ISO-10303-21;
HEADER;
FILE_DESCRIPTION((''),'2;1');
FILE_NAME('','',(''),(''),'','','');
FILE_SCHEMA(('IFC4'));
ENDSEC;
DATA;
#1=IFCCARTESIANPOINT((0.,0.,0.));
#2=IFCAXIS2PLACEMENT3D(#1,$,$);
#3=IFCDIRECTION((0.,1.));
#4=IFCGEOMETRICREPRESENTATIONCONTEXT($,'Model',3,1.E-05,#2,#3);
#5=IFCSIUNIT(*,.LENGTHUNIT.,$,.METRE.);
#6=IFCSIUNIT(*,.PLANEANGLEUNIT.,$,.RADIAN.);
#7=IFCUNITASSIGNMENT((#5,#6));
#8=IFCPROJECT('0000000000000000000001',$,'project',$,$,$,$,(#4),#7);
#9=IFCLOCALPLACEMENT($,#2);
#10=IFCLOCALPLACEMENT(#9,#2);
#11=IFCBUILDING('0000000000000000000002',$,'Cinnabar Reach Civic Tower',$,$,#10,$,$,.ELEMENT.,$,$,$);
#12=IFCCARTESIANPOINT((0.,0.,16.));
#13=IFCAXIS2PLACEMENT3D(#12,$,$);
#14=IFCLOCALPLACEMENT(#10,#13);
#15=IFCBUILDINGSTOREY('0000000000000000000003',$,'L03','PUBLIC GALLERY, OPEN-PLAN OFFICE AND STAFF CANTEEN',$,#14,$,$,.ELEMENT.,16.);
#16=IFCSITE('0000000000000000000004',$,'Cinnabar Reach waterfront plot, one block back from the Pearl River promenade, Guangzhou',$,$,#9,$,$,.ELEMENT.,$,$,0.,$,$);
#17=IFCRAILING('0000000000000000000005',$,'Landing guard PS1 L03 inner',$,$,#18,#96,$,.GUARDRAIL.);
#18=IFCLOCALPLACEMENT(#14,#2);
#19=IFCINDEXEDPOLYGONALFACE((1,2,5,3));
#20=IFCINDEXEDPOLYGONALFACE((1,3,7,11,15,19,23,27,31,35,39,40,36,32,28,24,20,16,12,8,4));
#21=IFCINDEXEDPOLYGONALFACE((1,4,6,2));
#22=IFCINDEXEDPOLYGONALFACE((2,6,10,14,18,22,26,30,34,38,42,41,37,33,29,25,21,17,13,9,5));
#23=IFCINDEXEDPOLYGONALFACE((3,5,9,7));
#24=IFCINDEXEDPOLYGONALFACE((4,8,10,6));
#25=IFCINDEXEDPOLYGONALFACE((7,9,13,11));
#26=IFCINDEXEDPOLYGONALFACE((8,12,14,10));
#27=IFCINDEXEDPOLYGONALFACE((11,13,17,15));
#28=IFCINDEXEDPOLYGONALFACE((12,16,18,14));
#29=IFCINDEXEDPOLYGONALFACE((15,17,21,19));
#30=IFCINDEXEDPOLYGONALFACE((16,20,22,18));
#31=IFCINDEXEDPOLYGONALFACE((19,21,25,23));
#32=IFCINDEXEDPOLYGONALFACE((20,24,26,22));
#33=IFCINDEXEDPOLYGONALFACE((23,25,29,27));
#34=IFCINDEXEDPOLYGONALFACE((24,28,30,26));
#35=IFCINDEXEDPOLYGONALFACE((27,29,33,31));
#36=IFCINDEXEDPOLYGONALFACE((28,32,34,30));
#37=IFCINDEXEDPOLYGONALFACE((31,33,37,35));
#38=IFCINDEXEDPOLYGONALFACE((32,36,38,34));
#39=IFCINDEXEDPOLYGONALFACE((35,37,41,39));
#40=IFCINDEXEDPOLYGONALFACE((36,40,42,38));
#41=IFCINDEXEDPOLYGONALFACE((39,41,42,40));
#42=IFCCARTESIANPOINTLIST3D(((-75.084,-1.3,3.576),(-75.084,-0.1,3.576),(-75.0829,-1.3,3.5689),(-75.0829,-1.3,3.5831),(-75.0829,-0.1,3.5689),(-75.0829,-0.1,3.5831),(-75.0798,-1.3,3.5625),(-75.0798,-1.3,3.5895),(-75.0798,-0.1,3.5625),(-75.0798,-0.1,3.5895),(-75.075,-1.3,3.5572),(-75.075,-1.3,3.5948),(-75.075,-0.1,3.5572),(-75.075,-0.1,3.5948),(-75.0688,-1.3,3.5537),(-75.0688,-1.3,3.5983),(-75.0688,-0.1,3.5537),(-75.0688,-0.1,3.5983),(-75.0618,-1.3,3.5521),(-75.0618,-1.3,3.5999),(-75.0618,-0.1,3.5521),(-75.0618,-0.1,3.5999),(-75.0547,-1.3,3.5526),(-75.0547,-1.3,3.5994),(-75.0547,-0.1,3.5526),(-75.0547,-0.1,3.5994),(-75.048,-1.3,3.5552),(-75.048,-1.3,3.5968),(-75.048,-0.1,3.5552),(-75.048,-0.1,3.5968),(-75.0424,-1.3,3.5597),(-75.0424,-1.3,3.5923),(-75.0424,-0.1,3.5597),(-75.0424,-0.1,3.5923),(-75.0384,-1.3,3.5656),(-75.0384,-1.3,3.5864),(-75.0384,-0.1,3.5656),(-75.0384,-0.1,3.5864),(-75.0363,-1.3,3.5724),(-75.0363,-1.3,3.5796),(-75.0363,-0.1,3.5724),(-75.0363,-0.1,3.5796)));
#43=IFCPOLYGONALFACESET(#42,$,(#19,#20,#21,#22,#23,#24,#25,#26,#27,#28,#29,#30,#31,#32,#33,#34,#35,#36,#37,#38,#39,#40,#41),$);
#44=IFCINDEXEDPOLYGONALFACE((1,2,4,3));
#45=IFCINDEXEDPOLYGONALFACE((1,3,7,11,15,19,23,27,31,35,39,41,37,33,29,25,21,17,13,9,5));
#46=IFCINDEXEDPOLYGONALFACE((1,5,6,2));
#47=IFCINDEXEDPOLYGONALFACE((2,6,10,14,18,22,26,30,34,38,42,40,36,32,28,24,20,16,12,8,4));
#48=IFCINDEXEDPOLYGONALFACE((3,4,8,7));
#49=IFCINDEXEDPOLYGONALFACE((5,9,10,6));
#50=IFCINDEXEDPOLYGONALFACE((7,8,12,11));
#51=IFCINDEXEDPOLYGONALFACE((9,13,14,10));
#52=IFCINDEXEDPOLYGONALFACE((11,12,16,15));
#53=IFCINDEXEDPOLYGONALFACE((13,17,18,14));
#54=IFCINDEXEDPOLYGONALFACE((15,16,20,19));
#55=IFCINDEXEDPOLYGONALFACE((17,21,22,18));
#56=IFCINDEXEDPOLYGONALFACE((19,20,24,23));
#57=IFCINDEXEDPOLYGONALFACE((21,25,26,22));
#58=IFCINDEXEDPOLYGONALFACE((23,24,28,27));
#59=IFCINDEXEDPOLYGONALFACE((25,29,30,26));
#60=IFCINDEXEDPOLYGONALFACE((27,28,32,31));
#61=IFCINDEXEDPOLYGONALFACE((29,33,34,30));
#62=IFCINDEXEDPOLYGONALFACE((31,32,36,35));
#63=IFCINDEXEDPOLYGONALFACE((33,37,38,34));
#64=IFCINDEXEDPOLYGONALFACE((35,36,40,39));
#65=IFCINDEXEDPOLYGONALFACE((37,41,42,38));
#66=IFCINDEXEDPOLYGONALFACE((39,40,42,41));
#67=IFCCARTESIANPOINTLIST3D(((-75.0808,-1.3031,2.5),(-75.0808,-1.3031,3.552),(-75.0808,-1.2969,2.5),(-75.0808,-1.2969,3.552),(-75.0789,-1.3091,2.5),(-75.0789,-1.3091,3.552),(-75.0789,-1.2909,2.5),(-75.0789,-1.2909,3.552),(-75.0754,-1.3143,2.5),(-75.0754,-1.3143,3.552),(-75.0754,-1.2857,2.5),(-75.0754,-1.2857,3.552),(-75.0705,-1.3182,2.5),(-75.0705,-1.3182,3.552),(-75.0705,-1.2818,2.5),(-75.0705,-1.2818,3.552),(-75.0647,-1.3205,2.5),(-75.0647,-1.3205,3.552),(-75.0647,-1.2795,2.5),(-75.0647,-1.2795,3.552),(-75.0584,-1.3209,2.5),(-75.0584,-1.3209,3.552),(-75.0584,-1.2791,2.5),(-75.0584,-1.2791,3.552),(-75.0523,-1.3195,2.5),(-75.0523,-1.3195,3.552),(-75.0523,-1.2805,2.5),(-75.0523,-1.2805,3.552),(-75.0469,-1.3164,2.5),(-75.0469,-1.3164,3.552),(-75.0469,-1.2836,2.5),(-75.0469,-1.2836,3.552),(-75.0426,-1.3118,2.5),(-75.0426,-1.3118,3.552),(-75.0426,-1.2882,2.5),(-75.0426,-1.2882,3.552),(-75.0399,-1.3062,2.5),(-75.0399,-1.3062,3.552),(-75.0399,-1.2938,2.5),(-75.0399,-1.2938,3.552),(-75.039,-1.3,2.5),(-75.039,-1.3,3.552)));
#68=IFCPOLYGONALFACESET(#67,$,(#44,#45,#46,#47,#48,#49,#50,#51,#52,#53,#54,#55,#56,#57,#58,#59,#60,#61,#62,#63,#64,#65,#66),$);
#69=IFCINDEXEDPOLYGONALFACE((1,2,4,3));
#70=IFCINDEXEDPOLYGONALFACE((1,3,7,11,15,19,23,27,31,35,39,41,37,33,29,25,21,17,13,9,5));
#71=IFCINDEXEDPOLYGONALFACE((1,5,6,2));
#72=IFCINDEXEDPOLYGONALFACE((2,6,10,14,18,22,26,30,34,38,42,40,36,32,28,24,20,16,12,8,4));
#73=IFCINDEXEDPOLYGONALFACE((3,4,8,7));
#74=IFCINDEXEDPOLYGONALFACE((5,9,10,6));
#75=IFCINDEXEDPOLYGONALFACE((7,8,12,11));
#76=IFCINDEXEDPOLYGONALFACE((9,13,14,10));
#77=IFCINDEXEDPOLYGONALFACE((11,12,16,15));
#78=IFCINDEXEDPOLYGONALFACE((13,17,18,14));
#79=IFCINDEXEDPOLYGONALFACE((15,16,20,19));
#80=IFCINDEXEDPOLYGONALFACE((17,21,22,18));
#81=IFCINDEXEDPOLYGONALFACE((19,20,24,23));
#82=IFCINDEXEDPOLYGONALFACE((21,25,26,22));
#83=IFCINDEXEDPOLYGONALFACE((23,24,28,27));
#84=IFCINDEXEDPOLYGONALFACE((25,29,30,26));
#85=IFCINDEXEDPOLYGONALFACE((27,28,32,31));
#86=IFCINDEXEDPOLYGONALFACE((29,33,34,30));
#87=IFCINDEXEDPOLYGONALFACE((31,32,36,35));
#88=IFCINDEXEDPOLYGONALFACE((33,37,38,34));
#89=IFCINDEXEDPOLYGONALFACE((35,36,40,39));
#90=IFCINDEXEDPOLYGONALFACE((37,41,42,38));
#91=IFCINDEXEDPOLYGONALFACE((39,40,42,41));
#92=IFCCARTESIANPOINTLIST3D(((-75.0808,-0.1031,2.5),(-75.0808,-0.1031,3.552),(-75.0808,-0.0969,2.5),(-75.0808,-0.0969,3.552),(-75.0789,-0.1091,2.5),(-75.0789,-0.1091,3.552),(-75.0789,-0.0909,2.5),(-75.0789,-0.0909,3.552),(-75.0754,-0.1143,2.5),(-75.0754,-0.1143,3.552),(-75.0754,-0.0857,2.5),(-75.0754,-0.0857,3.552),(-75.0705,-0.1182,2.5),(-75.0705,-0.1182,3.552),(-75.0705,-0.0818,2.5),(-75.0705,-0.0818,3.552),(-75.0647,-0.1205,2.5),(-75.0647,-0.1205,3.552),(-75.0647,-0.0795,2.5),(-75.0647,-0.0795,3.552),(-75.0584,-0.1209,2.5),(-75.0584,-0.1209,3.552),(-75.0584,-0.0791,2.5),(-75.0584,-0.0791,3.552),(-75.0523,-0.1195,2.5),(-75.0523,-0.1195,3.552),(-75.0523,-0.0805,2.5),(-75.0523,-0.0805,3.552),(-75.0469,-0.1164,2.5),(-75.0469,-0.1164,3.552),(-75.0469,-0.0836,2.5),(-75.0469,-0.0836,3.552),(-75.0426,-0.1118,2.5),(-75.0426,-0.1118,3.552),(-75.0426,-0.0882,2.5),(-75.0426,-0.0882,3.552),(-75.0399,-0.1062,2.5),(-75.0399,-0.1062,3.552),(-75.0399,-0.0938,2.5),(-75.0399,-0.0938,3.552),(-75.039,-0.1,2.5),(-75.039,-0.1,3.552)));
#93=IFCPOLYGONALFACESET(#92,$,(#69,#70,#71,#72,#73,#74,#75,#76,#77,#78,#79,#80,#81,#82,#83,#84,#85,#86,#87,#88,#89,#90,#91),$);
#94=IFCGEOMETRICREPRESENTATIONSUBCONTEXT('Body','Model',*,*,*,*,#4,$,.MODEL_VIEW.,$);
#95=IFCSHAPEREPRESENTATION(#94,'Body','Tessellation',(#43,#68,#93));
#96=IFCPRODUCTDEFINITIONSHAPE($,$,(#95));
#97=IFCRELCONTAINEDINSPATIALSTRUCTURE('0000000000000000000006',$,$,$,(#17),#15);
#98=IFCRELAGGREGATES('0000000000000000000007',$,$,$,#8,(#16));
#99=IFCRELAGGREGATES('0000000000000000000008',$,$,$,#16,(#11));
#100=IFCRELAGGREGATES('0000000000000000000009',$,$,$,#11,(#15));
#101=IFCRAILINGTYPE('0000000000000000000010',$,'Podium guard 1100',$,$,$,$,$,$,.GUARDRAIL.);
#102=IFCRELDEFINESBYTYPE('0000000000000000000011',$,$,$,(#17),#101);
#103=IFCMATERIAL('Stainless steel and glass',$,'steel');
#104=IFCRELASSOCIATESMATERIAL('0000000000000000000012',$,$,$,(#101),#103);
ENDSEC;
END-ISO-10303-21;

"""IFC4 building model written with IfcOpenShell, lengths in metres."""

from ifc_helpers import new_model, si_unit, direction, frame, origin, origin_2d, place, context, subcontext, project, spatial, circle, extrude, material, type_object, element, save


model = new_model("IFC4")

# Units and contexts
model_context = context("Model", 3, precision=1e-05, world=origin(), true_north=direction((0.0, 1.0)))
body_context = subcontext(model_context, "Body", "Model", "MODEL_VIEW")
ifc_project = project(units=[si_unit("LENGTHUNIT", "METRE"), si_unit("PLANEANGLEUNIT", "RADIAN")], contexts=[model_context])

# Site, building, storey
site_placement = place(None, origin())
site = spatial("IfcSite", under=ifc_project, at=site_placement, Name="Cinnabar Reach waterfront plot, one block back from the Pearl River promenade, Guangzhou", CompositionType="ELEMENT", RefElevation=0.0)
building_placement = place(site_placement, origin())
building = spatial("IfcBuilding", under=site, at=building_placement, Name="Cinnabar Reach Civic Tower", CompositionType="ELEMENT")
storey_placement = place(building_placement, frame((0.0, 0.0, 16.0)))
storey = spatial("IfcBuildingStorey", under=building, at=storey_placement, Name="L03", Description="PUBLIC GALLERY, OPEN-PLAN OFFICE AND STAFF CANTEEN", CompositionType="ELEMENT", Elevation=16.0)

# Railing
ifc_material_1 = material(Name="Stainless steel and glass", Category="steel")
railing_type_1 = type_object("IfcRailingType", Name="Podium guard 1100", PredefinedType="GUARDRAIL", material=ifc_material_1)
railing_1_placement = place(storey_placement, frame((-75.06, -1.3, 2.5)))
element("IfcRailing", 1, at=railing_1_placement, inside=storey, type_object=railing_type_1, Name="Landing guard PS1 L03 inner", PredefinedType="GUARDRAIL", context=body_context, shape_type="SweptSolid", body=[
    extrude(circle(Radius=0.024, at=origin_2d()), frame((0.0, 0.0, 1.076), z_axis=(0.0, 1.0, 0.0), x_axis=(-1.0, 0.0, 0.0)), (0.0, 0.0, 1.0), 1.2),
    extrude(circle(Radius=0.021, at=origin_2d()), origin(), (0.0, 0.0, 1.0), 1.052),
    extrude(circle(Radius=0.021, at=origin_2d()), frame((0.0, 1.2, 0.0)), (0.0, 0.0, 1.0), 1.052),
])

save(model, "model.ifc")
